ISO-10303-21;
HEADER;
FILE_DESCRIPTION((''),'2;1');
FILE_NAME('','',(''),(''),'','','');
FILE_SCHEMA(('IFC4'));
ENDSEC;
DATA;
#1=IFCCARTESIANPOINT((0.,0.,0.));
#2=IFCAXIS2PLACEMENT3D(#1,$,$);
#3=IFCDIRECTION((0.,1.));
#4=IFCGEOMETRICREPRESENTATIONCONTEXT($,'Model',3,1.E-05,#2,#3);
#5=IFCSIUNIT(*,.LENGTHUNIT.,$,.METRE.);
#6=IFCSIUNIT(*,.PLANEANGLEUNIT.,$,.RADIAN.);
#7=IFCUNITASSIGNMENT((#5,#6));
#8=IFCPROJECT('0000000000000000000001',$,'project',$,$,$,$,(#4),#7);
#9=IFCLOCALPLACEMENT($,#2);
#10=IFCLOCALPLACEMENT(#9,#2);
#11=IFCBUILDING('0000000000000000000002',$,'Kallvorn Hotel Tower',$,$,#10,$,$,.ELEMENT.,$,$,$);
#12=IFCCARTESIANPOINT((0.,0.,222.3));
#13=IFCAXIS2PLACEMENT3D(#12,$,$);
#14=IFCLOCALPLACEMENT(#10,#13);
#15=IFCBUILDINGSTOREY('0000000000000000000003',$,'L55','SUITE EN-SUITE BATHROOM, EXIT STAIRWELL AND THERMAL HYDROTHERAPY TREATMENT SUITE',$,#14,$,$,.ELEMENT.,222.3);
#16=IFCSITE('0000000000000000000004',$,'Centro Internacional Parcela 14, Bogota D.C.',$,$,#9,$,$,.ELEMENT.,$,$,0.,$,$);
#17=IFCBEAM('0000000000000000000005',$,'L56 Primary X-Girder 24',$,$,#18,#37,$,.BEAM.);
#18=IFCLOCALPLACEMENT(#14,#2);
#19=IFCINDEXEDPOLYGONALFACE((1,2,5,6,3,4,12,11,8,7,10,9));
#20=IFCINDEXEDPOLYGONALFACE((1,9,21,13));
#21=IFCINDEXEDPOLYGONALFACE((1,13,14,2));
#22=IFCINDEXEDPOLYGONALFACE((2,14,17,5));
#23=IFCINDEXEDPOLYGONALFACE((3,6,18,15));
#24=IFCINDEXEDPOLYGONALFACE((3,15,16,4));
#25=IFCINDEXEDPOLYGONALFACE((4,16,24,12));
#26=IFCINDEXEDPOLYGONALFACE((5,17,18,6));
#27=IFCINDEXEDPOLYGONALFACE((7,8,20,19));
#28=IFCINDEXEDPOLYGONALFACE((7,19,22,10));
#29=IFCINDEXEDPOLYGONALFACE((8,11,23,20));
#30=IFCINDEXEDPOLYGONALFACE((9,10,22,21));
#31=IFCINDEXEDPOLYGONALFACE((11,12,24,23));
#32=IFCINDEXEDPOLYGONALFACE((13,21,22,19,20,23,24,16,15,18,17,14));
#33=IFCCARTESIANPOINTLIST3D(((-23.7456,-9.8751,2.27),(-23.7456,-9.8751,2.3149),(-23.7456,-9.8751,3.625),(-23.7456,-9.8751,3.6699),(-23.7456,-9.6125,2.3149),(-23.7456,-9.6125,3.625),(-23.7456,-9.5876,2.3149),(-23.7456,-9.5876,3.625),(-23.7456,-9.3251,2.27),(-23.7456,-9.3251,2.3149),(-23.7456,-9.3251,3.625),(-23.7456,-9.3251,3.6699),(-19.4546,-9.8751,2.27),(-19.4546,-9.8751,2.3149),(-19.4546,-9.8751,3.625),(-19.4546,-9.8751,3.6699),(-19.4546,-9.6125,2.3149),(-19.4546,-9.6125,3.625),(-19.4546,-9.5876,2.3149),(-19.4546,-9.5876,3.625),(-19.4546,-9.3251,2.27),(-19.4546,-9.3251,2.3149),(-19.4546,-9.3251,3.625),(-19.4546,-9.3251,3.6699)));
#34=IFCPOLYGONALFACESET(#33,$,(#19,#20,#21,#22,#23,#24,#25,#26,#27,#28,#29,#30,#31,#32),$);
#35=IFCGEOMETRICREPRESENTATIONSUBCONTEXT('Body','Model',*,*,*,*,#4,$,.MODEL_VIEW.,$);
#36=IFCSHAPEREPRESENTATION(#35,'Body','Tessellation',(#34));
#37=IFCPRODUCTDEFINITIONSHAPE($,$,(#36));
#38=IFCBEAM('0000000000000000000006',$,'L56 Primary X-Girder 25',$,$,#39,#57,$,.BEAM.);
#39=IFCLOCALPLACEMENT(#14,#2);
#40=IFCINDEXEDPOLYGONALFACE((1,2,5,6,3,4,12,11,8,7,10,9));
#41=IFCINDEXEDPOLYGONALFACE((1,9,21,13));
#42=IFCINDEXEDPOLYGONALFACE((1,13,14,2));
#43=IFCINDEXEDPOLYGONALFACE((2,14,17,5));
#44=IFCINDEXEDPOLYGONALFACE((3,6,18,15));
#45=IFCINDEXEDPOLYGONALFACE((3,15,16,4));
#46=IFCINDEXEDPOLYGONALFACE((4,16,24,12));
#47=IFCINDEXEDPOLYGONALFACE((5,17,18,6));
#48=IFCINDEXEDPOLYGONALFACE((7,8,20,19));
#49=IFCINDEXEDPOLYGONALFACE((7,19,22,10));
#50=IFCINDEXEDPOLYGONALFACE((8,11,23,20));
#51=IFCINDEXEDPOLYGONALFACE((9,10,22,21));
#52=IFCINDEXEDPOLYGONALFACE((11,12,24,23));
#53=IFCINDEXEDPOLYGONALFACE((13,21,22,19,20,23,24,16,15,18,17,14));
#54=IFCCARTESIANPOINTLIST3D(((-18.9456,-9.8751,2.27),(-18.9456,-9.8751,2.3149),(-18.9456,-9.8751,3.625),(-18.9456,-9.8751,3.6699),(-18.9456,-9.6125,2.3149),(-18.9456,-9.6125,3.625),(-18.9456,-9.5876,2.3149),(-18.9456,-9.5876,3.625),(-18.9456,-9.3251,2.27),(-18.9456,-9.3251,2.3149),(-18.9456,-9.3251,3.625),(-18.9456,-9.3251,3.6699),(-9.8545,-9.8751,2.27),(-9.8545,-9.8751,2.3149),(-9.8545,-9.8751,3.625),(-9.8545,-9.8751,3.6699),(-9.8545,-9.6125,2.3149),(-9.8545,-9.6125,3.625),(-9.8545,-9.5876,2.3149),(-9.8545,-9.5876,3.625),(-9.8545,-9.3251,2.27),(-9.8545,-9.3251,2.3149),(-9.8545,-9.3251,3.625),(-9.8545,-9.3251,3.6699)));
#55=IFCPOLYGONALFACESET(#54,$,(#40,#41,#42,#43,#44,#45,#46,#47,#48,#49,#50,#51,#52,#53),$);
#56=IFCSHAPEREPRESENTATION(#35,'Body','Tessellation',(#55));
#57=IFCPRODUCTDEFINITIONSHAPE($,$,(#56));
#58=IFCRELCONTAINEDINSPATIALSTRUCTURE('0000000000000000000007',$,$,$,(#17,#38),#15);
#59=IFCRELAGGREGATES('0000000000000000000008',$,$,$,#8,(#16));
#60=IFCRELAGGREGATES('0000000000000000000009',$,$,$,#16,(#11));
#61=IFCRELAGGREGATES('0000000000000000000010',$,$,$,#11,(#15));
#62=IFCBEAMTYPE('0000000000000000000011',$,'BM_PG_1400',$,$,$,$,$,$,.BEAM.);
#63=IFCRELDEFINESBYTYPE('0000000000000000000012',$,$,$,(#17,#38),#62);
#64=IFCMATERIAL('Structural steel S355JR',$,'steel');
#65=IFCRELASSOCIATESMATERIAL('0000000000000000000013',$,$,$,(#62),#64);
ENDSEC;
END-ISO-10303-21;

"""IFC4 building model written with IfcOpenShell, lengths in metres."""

from ifc_helpers import new_model, si_unit, direction, frame, origin, origin_2d, place, context, subcontext, project, spatial, i_section, extrude, material, material_profile, profile_set, type_object, element, save


model = new_model("IFC4")

# Units and contexts
model_context = context("Model", 3, precision=1e-05, world=origin(), true_north=direction((0.0, 1.0)))
body_context = subcontext(model_context, "Body", "Model", "MODEL_VIEW")
ifc_project = project(units=[si_unit("LENGTHUNIT", "METRE"), si_unit("PLANEANGLEUNIT", "RADIAN")], contexts=[model_context])

# Site, building, storey
site_placement = place(None, origin())
site = spatial("IfcSite", under=ifc_project, at=site_placement, Name="Centro Internacional Parcela 14, Bogota D.C.", CompositionType="ELEMENT", RefElevation=0.0)
building_placement = place(site_placement, origin())
building = spatial("IfcBuilding", under=site, at=building_placement, Name="Kallvorn Hotel Tower", CompositionType="ELEMENT")
storey_placement = place(building_placement, frame((0.0, 0.0, 222.3)))
storey = spatial("IfcBuildingStorey", under=building, at=storey_placement, Name="L55", Description="SUITE EN-SUITE BATHROOM, EXIT STAIRWELL AND THERMAL HYDROTHERAPY TREATMENT SUITE", CompositionType="ELEMENT", Elevation=222.3)

# Beams
ifc_material_1 = material(Name="Structural steel S355JR", Category="steel")
ifc_material_profile_1 = material_profile(ifc_material_1, i_section(OverallWidth=0.55, OverallDepth=1.3999, WebThickness=0.0249, FlangeThickness=0.0449, at=origin_2d()), Name="PG 1400x550x25x45")
ifc_profile_set_1 = profile_set([ifc_material_profile_1], Name="Structural steel S355JR")
beam_type_1 = type_object("IfcBeamType", Name="BM_PG_1400", PredefinedType="BEAM", material=ifc_profile_set_1)
for number, where, z_axis, x_axis, name in (
    (1, (-23.7456, -9.6001, 2.97), (1.0, 0.0, 0.0), (0.0, 1.0, 0.0), "L56 Primary X-Girder 24"),
):
    element("IfcBeam", number, at=place(storey_placement, frame(where, z_axis=z_axis, x_axis=x_axis)), inside=storey, type_object=beam_type_1, Name=name, PredefinedType="BEAM", context=body_context, shape_type="SweptSolid", body=[
        extrude(i_section(OverallWidth=0.55, OverallDepth=1.3999, WebThickness=0.0249, FlangeThickness=0.0449, at=origin_2d()), origin(), (0.0, 0.0, 1.0), 4.291),
    ])
beam_1_placement = place(storey_placement, frame((-18.9456, -9.6001, 2.97), z_axis=(1.0, 0.0, 0.0), x_axis=(0.0, 1.0, 0.0)))
element("IfcBeam", 2, at=beam_1_placement, inside=storey, type_object=beam_type_1, Name="L56 Primary X-Girder 25", PredefinedType="BEAM", context=body_context, shape_type="SweptSolid", body=[
    extrude(i_section(OverallWidth=0.55, OverallDepth=1.3999, WebThickness=0.0249, FlangeThickness=0.0449, at=origin_2d()), origin(), (0.0, 0.0, 1.0), 9.0911),
])

save(model, "model.ifc")
